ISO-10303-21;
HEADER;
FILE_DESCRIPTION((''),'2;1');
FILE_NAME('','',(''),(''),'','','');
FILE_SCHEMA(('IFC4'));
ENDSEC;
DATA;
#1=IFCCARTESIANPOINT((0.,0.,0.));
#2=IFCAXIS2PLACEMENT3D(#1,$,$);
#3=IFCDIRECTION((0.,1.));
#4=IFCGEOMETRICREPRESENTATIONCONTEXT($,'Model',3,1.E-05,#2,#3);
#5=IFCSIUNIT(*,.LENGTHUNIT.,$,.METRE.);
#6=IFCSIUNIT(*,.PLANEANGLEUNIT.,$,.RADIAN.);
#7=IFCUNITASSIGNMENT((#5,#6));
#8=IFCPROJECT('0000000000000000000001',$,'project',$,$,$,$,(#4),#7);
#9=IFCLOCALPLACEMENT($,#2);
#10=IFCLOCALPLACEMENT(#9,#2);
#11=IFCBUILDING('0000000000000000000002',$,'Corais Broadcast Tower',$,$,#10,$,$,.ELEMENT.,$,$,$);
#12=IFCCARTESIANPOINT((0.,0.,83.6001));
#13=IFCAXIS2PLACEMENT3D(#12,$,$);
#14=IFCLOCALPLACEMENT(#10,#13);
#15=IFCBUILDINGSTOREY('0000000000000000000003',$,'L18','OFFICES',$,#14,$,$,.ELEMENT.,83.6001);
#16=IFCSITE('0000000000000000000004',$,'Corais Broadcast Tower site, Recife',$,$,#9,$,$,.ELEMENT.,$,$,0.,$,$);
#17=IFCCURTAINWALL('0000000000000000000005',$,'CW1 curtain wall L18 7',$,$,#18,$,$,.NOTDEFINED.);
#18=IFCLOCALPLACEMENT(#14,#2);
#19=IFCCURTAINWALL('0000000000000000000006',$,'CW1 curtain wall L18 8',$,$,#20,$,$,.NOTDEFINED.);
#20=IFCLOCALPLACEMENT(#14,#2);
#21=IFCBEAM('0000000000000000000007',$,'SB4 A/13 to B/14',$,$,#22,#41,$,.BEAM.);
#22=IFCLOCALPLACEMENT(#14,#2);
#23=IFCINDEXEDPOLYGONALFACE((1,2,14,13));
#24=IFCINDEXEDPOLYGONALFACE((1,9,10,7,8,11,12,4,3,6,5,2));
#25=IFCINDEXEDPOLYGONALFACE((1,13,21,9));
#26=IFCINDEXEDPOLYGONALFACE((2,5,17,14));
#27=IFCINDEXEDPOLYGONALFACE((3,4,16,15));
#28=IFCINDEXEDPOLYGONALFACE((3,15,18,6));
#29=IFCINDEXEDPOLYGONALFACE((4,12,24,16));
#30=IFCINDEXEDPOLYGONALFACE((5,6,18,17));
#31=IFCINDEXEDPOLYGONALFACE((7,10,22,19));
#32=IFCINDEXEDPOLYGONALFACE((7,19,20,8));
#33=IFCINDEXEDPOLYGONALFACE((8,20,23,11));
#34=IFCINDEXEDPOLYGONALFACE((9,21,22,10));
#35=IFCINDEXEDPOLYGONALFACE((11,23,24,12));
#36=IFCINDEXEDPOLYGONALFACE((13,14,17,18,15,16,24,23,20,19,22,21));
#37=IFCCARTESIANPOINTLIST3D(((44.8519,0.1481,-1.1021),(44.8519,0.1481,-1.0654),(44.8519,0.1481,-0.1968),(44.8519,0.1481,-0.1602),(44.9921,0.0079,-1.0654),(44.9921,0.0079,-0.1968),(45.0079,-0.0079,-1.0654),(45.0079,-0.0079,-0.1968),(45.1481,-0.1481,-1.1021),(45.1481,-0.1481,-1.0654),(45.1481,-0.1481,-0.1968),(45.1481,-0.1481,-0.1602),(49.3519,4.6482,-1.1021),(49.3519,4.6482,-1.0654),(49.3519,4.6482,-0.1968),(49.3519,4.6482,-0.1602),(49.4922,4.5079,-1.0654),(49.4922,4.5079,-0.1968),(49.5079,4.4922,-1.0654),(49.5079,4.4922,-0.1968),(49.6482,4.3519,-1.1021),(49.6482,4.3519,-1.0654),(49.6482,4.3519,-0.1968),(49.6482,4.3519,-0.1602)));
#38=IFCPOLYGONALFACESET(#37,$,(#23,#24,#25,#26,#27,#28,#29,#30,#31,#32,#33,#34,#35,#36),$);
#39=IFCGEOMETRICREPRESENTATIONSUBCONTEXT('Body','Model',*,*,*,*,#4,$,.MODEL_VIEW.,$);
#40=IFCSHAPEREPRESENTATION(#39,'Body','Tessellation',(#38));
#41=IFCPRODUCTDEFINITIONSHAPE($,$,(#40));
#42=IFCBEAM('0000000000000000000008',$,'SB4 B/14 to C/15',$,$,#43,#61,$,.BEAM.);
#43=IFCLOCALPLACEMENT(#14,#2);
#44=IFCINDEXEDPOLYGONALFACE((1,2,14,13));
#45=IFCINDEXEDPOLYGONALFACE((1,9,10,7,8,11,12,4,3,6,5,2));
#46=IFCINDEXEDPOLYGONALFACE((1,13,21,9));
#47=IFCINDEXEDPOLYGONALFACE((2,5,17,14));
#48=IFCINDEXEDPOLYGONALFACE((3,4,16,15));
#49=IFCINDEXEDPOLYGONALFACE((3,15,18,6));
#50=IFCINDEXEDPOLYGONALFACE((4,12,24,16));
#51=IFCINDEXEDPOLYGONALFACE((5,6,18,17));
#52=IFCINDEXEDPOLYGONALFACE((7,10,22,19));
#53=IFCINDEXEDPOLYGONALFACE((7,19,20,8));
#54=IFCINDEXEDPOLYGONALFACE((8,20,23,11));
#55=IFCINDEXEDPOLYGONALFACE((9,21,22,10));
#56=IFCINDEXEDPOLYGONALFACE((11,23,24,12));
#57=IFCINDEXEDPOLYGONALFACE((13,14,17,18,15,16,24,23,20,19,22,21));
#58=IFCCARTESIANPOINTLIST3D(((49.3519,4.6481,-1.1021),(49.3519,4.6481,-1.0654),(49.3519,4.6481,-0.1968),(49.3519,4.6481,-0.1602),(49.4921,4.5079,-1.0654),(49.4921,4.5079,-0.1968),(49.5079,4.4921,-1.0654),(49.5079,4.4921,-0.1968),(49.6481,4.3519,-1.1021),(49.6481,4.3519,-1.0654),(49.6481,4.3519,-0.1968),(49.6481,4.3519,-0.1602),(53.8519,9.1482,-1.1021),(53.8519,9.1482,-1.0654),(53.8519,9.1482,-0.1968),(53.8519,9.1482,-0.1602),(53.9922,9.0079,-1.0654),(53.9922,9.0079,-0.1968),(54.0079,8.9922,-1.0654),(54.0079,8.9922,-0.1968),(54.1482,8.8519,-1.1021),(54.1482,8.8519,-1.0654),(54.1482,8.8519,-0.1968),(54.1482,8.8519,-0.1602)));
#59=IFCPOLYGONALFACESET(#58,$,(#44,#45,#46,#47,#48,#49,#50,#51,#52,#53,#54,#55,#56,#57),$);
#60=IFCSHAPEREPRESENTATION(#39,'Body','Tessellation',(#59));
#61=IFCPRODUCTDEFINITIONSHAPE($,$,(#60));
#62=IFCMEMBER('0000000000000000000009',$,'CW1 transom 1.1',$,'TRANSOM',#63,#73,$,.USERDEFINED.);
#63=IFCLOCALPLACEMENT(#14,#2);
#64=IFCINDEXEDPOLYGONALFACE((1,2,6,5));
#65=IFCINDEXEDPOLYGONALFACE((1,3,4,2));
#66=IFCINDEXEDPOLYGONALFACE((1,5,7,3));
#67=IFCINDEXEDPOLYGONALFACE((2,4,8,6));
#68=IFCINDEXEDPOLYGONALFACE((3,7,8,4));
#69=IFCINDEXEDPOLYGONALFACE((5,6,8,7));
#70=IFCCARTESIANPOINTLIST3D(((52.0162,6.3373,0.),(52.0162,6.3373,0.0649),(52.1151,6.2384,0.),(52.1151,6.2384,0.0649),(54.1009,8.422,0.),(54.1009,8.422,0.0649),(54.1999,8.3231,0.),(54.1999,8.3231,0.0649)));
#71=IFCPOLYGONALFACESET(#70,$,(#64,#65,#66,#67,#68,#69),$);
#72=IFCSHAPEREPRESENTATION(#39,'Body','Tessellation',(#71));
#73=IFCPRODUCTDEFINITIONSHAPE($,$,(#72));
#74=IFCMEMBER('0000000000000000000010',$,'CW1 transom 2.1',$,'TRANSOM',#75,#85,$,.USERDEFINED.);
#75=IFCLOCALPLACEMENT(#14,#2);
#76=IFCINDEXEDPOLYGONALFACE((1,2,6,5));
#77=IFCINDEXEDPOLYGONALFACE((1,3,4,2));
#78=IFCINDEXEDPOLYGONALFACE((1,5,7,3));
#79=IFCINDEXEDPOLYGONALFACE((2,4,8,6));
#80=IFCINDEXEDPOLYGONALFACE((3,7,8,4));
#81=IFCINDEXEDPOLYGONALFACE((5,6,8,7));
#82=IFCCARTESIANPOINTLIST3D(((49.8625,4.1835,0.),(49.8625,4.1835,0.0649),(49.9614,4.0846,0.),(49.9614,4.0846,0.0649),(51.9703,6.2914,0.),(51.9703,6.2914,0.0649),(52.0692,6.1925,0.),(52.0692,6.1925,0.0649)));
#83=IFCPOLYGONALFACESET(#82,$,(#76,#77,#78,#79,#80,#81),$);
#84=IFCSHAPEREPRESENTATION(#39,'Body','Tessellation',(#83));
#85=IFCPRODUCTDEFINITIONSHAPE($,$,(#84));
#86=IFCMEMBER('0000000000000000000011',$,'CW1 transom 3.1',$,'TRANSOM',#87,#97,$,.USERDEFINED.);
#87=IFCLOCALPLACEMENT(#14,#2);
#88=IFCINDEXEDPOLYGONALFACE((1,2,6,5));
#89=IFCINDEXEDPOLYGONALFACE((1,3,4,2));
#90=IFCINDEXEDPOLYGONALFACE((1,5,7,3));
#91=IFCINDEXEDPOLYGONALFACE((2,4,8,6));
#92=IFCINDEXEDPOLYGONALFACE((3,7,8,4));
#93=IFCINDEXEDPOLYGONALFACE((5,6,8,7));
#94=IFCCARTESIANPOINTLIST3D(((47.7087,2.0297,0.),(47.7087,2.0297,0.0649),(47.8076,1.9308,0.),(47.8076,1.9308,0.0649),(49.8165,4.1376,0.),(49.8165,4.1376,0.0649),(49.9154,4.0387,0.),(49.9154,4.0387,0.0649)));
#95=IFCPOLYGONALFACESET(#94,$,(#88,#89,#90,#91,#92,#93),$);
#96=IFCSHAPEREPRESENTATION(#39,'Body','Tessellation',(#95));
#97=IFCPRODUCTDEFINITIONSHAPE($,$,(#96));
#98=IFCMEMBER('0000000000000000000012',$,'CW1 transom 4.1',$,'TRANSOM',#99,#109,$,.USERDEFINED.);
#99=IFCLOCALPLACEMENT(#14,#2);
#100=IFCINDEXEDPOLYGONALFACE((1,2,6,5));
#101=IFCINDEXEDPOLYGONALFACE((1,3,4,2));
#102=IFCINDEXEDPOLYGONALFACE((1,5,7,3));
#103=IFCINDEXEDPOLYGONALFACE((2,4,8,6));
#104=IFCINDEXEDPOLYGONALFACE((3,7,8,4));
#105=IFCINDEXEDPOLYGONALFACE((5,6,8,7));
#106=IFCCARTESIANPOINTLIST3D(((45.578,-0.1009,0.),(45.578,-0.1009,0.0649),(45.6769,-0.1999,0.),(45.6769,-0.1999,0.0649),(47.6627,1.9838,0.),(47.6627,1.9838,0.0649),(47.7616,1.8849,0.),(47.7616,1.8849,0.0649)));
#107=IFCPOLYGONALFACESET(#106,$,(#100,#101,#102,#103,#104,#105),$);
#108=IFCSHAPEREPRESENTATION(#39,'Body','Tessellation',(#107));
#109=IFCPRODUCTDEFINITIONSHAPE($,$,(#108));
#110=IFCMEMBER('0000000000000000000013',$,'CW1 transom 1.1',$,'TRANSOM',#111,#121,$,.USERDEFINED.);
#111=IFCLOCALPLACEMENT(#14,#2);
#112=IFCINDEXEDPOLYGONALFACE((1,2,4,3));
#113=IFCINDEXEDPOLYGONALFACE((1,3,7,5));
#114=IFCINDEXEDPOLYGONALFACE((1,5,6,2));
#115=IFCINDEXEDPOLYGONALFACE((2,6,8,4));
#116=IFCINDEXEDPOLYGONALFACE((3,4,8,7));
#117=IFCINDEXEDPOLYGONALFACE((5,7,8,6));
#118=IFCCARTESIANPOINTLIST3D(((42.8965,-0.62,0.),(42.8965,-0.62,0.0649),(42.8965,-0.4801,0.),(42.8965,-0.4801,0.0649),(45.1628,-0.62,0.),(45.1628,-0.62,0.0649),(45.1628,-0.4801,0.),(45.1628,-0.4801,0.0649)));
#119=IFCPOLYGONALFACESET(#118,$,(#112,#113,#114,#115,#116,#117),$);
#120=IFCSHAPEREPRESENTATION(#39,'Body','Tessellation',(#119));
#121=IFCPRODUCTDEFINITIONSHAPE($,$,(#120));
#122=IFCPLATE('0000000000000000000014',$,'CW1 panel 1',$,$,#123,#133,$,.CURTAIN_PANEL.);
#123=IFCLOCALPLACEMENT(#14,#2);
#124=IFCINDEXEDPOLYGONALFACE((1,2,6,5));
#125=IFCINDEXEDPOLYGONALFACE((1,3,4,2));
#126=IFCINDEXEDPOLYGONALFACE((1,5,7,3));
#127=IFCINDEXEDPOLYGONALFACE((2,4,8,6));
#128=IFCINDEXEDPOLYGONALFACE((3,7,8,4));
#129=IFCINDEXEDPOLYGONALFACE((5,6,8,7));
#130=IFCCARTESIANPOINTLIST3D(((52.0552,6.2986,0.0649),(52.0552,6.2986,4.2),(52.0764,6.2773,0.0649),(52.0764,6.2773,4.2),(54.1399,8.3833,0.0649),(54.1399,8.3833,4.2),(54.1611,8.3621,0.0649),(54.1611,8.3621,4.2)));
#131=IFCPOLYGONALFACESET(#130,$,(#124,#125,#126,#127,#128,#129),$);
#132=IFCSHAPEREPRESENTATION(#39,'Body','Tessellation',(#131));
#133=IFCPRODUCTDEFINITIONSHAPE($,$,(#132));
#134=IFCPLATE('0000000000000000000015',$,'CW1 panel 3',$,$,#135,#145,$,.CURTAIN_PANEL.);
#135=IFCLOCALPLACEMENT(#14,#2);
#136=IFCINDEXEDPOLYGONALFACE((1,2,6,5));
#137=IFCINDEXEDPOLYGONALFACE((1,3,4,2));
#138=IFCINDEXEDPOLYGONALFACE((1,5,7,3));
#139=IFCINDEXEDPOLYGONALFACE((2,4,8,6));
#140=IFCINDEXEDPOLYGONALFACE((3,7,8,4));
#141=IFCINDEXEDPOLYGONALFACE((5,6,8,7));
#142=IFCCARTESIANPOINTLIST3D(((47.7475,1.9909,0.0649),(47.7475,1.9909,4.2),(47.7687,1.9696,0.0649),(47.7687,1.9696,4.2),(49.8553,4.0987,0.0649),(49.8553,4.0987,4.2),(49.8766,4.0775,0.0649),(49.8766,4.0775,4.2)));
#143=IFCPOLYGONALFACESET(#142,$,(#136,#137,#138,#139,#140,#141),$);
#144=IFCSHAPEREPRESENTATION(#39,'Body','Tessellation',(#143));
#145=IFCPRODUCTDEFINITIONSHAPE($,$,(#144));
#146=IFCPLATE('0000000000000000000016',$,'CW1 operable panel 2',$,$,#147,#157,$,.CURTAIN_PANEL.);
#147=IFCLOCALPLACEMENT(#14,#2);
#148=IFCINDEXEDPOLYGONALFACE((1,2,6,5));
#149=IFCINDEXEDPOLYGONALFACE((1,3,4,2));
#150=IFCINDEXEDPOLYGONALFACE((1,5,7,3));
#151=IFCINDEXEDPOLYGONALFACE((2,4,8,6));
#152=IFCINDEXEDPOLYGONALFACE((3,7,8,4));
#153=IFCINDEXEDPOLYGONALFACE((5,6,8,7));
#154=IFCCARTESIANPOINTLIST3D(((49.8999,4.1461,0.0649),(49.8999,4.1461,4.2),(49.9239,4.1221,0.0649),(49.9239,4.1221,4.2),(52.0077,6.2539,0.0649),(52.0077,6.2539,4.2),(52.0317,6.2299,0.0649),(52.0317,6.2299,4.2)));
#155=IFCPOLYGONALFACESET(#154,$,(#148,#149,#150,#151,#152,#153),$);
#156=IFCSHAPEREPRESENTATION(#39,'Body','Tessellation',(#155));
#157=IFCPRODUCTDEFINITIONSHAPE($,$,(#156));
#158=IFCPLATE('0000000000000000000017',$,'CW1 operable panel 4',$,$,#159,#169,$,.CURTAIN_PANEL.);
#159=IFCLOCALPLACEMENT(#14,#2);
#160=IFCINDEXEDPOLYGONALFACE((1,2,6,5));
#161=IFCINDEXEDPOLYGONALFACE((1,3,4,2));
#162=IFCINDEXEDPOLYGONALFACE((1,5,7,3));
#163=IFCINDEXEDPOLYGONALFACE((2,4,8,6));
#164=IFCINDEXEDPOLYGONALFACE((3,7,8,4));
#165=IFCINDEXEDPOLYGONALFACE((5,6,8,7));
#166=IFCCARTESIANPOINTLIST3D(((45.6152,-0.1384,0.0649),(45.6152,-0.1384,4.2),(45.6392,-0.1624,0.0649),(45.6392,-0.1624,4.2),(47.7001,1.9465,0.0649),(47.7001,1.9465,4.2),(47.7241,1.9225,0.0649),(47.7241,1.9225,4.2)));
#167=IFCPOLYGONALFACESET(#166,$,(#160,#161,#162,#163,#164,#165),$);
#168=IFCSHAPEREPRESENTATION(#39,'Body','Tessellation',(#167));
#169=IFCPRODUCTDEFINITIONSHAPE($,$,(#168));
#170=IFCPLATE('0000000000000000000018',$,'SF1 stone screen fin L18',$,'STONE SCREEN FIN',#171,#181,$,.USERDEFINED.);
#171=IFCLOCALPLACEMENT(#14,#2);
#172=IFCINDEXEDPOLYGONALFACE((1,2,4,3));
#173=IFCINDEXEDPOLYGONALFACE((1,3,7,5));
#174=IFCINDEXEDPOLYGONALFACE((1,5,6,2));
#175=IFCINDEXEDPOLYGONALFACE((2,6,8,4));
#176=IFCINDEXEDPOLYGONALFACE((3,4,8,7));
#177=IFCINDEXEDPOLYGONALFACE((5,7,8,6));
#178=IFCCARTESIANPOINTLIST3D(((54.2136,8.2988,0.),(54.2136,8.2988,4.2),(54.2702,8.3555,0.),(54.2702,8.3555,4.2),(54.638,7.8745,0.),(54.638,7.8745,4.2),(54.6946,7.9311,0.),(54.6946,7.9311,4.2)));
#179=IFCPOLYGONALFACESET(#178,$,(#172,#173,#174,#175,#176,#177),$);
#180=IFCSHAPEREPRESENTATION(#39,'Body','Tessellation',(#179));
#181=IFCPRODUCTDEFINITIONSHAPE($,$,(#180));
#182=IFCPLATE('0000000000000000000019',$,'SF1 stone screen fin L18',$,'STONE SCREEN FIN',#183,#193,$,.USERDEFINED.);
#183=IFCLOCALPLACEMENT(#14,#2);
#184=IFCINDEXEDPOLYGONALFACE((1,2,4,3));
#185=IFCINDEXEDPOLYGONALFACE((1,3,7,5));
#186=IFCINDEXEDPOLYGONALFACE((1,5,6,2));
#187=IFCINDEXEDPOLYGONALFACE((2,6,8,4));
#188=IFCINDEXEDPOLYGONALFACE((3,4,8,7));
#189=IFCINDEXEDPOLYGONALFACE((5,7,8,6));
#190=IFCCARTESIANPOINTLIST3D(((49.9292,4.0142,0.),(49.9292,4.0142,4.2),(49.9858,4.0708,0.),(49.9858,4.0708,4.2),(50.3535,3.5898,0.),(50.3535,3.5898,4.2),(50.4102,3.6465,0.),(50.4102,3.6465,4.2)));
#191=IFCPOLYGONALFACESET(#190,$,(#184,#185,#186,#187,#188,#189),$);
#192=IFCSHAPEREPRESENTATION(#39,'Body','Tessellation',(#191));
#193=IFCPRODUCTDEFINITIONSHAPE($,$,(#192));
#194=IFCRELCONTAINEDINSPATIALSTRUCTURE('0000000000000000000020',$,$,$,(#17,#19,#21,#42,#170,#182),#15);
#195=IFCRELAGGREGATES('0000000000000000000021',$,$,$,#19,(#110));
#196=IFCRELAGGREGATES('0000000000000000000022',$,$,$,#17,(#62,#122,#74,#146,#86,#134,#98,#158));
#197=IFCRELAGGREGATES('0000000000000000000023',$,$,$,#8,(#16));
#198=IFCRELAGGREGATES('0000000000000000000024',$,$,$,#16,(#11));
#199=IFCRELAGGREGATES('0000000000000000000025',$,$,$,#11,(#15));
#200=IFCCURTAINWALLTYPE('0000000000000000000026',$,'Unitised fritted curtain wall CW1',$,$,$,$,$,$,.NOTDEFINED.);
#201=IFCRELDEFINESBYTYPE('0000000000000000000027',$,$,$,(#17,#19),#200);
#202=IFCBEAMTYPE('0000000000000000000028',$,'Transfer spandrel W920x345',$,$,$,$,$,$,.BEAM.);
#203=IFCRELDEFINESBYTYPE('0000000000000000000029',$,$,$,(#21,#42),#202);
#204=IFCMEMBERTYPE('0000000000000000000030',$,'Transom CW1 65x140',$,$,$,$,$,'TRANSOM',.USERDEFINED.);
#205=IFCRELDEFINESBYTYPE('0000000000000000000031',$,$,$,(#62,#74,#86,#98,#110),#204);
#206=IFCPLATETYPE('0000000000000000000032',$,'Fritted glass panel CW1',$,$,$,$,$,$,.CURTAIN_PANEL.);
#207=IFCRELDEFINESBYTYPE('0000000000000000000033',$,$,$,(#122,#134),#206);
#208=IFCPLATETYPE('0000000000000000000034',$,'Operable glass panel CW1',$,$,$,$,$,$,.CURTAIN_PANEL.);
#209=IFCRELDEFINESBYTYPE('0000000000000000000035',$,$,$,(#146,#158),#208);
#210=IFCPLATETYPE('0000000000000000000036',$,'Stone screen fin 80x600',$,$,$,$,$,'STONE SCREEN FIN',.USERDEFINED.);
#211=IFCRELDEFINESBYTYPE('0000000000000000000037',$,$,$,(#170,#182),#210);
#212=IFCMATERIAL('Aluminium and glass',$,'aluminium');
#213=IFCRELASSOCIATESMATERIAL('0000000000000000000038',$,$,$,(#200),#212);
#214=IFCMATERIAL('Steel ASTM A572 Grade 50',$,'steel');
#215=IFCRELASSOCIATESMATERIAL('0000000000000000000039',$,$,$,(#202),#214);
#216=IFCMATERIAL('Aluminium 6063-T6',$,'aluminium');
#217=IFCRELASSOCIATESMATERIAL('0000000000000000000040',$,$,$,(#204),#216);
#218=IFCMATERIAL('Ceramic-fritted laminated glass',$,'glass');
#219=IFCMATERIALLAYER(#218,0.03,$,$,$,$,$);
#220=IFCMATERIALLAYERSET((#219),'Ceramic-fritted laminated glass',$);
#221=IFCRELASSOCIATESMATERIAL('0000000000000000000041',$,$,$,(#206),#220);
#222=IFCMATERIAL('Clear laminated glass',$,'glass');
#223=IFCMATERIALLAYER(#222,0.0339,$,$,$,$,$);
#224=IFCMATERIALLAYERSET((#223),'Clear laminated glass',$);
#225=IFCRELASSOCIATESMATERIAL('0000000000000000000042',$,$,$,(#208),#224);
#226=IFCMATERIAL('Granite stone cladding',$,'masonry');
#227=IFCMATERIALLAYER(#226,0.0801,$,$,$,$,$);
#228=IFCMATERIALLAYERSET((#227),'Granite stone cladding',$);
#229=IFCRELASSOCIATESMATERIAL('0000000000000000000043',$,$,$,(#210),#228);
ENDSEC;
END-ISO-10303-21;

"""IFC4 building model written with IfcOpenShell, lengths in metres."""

from ifc_helpers import new_model, si_unit, direction, frame, origin, origin_2d, place, context, subcontext, project, spatial, rectangle, i_section, extrude, material, layer, layer_set, material_profile, profile_set, type_object, element, aggregate, save


model = new_model("IFC4")

# Units and contexts
model_context = context("Model", 3, precision=1e-05, world=origin(), true_north=direction((0.0, 1.0)))
body_context = subcontext(model_context, "Body", "Model", "MODEL_VIEW")
ifc_project = project(units=[si_unit("LENGTHUNIT", "METRE"), si_unit("PLANEANGLEUNIT", "RADIAN")], contexts=[model_context])

# Site, building, storey
site_placement = place(None, origin())
site = spatial("IfcSite", under=ifc_project, at=site_placement, Name="Corais Broadcast Tower site, Recife", CompositionType="ELEMENT", RefElevation=0.0)
building_placement = place(site_placement, origin())
building = spatial("IfcBuilding", under=site, at=building_placement, Name="Corais Broadcast Tower", CompositionType="ELEMENT")
storey_placement = place(building_placement, frame((0.0, 0.0, 83.6001)))
storey = spatial("IfcBuildingStorey", under=building, at=storey_placement, Name="L18", Description="OFFICES", CompositionType="ELEMENT", Elevation=83.6001)

# Shared definitions
ifc_material_1 = material(Name="Aluminium and glass", Category="aluminium")
curtain_wall_type = type_object("IfcCurtainWallType", Name="Unitised fritted curtain wall CW1", PredefinedType="NOTDEFINED", material=ifc_material_1)

# Curtain wall
curtain_wall_1_placement = place(storey_placement, origin())
curtain_wall_1 = element("IfcCurtainWall", 1, at=curtain_wall_1_placement, inside=storey, type_object=curtain_wall_type, Name="CW1 curtain wall L18 7", PredefinedType="NOTDEFINED")

# Curtain wall
curtain_wall_2_placement = place(storey_placement, origin())
curtain_wall_2 = element("IfcCurtainWall", 2, at=curtain_wall_2_placement, inside=storey, type_object=curtain_wall_type, Name="CW1 curtain wall L18 8", PredefinedType="NOTDEFINED")

# Beams
ifc_material_2 = material(Name="Steel ASTM A572 Grade 50", Category="steel")
ifc_material_profile_1 = material_profile(ifc_material_2, i_section(OverallWidth=0.4189, OverallDepth=0.9419, WebThickness=0.0222, FlangeThickness=0.0366, at=origin_2d()), Name="W920x345")
ifc_profile_set_1 = profile_set([ifc_material_profile_1], Name="Steel ASTM A572 Grade 50")
beam_type_1 = type_object("IfcBeamType", Name="Transfer spandrel W920x345", PredefinedType="BEAM", material=ifc_profile_set_1)
for number, where, z_axis, x_axis, name in (
    (3, (45.0, 0.0, -0.6311), (0.707107, 0.707107, 0.0), (-0.707107, 0.707107, 0.0), "SB4 A/13 to B/14"),
    (4, (49.5, 4.5, -0.6311), (0.707107, 0.707107, 0.0), (-0.707107, 0.707107, 0.0), "SB4 B/14 to C/15"),
):
    element("IfcBeam", number, at=place(storey_placement, frame(where, z_axis=z_axis, x_axis=x_axis)), inside=storey, type_object=beam_type_1, Name=name, PredefinedType="BEAM", context=body_context, shape_type="SweptSolid", body=[
        extrude(i_section(OverallWidth=0.4189, OverallDepth=0.9419, WebThickness=0.0222, FlangeThickness=0.0366, at=origin_2d()), origin(), (0.0, 0.0, 1.0), 6.364),
    ])

# Members
ifc_material_3 = material(Name="Aluminium 6063-T6", Category="aluminium")
ifc_material_profile_2 = material_profile(ifc_material_3, rectangle(XDim=0.1399, YDim=0.0649, at=origin_2d()), Name="Transom CW1 65x140")
ifc_profile_set_2 = profile_set([ifc_material_profile_2], Name="Aluminium 6063-T6")
member_type_1 = type_object("IfcMemberType", Name="Transom CW1 65x140", ElementType="TRANSOM", PredefinedType="USERDEFINED", material=ifc_profile_set_2)
member_1_placement = place(storey_placement, frame((54.1504, 8.3726, 0.0325), z_axis=(-0.707107, -0.707107, 0.0), x_axis=(0.707107, -0.707107, 0.0)))
member_1 = element("IfcMember", 5, at=member_1_placement, type_object=member_type_1, Name="CW1 transom 1.1", ObjectType="TRANSOM", PredefinedType="USERDEFINED", context=body_context, shape_type="SweptSolid", body=[
    extrude(rectangle(XDim=0.1399, YDim=0.0649, at=origin_2d()), origin(), (0.0, 0.0, 1.0), 2.9482),
])
member_2_placement = place(storey_placement, frame((52.0198, 6.2419, 0.0325), z_axis=(-0.707107, -0.707107, 0.0), x_axis=(0.707107, -0.707107, 0.0)))
member_2 = element("IfcMember", 6, at=member_2_placement, type_object=member_type_1, Name="CW1 transom 2.1", ObjectType="TRANSOM", PredefinedType="USERDEFINED", context=body_context, shape_type="SweptSolid", body=[
    extrude(rectangle(XDim=0.1399, YDim=0.0649, at=origin_2d()), origin(), (0.0, 0.0, 1.0), 2.981),
])
member_3_placement = place(storey_placement, frame((49.866, 4.0881, 0.0325), z_axis=(-0.707107, -0.707107, 0.0), x_axis=(0.707107, -0.707107, 0.0)))
member_3 = element("IfcMember", 7, at=member_3_placement, type_object=member_type_1, Name="CW1 transom 3.1", ObjectType="TRANSOM", PredefinedType="USERDEFINED", context=body_context, shape_type="SweptSolid", body=[
    extrude(rectangle(XDim=0.1399, YDim=0.0649, at=origin_2d()), origin(), (0.0, 0.0, 1.0), 2.981),
])
member_4_placement = place(storey_placement, frame((47.7122, 1.9343, 0.0325), z_axis=(-0.707107, -0.707107, 0.0), x_axis=(0.707107, -0.707107, 0.0)))
member_4 = element("IfcMember", 8, at=member_4_placement, type_object=member_type_1, Name="CW1 transom 4.1", ObjectType="TRANSOM", PredefinedType="USERDEFINED", context=body_context, shape_type="SweptSolid", body=[
    extrude(rectangle(XDim=0.1399, YDim=0.0649, at=origin_2d()), origin(), (0.0, 0.0, 1.0), 2.9482),
])
member_5_placement = place(storey_placement, frame((45.1628, -0.55, 0.0325), z_axis=(-1.0, 0.0, 0.0), x_axis=(0.0, -1.0, 0.0)))
member_5 = element("IfcMember", 9, at=member_5_placement, type_object=member_type_1, Name="CW1 transom 1.1", ObjectType="TRANSOM", PredefinedType="USERDEFINED", context=body_context, shape_type="SweptSolid", body=[
    extrude(rectangle(XDim=0.1399, YDim=0.0649, at=origin_2d()), origin(), (0.0, 0.0, 1.0), 2.2664),
])
aggregate(curtain_wall_2, [member_5])

# Plates
ifc_material_4 = material(Name="Ceramic-fritted laminated glass", Category="glass")
ifc_layer_1 = layer(ifc_material_4, 0.03)
ifc_layer_set_1 = layer_set([ifc_layer_1], Name="Ceramic-fritted laminated glass")
plate_type_1 = type_object("IfcPlateType", Name="Fritted glass panel CW1", PredefinedType="CURTAIN_PANEL", material=ifc_layer_set_1)
plate_1_placement = place(storey_placement, frame((53.1082, 7.3303, 0.0649), z_axis=(0.0, 0.0, 1.0), x_axis=(-0.707107, -0.707107, 0.0)))
plate_1 = element("IfcPlate", 10, at=plate_1_placement, type_object=plate_type_1, Name="CW1 panel 1", PredefinedType="CURTAIN_PANEL", context=body_context, shape_type="SweptSolid", body=[
    extrude(rectangle(XDim=2.9482, YDim=0.03, at=origin_2d()), origin(), (0.0, 0.0, 1.0), 4.135),
])
plate_2_placement = place(storey_placement, frame((48.812, 3.0342, 0.0649), z_axis=(0.0, 0.0, 1.0), x_axis=(-0.707107, -0.707107, 0.0)))
plate_2 = element("IfcPlate", 11, at=plate_2_placement, type_object=plate_type_1, Name="CW1 panel 3", PredefinedType="CURTAIN_PANEL", context=body_context, shape_type="SweptSolid", body=[
    extrude(rectangle(XDim=2.981, YDim=0.03, at=origin_2d()), origin(), (0.0, 0.0, 1.0), 4.135),
])
ifc_material_5 = material(Name="Clear laminated glass", Category="glass")
ifc_layer_2 = layer(ifc_material_5, 0.0339)
ifc_layer_set_2 = layer_set([ifc_layer_2], Name="Clear laminated glass")
plate_type_2 = type_object("IfcPlateType", Name="Operable glass panel CW1", PredefinedType="CURTAIN_PANEL", material=ifc_layer_set_2)
plate_3_placement = place(storey_placement, frame((50.9658, 5.188, 0.0649), z_axis=(0.0, 0.0, 1.0), x_axis=(-0.707107, -0.707107, 0.0)))
plate_3 = element("IfcPlate", 12, at=plate_3_placement, type_object=plate_type_2, Name="CW1 operable panel 2", PredefinedType="CURTAIN_PANEL", context=body_context, shape_type="SweptSolid", body=[
    extrude(rectangle(XDim=2.981, YDim=0.0339, at=origin_2d()), origin(), (0.0, 0.0, 1.0), 4.135),
])
plate_4_placement = place(storey_placement, frame((46.6697, 0.8921, 0.0649), z_axis=(0.0, 0.0, 1.0), x_axis=(-0.707107, -0.707107, 0.0)))
plate_4 = element("IfcPlate", 13, at=plate_4_placement, type_object=plate_type_2, Name="CW1 operable panel 4", PredefinedType="CURTAIN_PANEL", context=body_context, shape_type="SweptSolid", body=[
    extrude(rectangle(XDim=2.9485, YDim=0.0339, at=origin_2d()), origin(), (0.0, 0.0, 1.0), 4.135),
])
aggregate(curtain_wall_1, [member_1, plate_1, member_2, plate_3, member_3, plate_2, member_4, plate_4])

# Plates
ifc_material_6 = material(Name="Granite stone cladding", Category="masonry")
ifc_layer_3 = layer(ifc_material_6, 0.0801)
ifc_layer_set_3 = layer_set([ifc_layer_3], Name="Granite stone cladding")
plate_type_3 = type_object("IfcPlateType", Name="Stone screen fin 80x600", ElementType="STONE SCREEN FIN", PredefinedType="USERDEFINED", material=ifc_layer_set_3)
for number, where, z_axis, x_axis, name in (
    (14, (54.4541, 8.115, 0.0), (0.0, 0.0, 1.0), (-0.707107, -0.707107, 0.0), "SF1 stone screen fin L18"),
    (15, (50.1697, 3.8303, 0.0), (0.0, 0.0, 1.0), (-0.707107, -0.707107, 0.0), "SF1 stone screen fin L18"),
):
    element("IfcPlate", number, at=place(storey_placement, frame(where, z_axis=z_axis, x_axis=x_axis)), inside=storey, type_object=plate_type_3, Name=name, ObjectType="STONE SCREEN FIN", PredefinedType="USERDEFINED", context=body_context, shape_type="SweptSolid", body=[
        extrude(rectangle(XDim=0.0801, YDim=0.6001, at=origin_2d()), origin(), (0.0, 0.0, 1.0), 4.2),
    ])

save(model, "model.ifc")
